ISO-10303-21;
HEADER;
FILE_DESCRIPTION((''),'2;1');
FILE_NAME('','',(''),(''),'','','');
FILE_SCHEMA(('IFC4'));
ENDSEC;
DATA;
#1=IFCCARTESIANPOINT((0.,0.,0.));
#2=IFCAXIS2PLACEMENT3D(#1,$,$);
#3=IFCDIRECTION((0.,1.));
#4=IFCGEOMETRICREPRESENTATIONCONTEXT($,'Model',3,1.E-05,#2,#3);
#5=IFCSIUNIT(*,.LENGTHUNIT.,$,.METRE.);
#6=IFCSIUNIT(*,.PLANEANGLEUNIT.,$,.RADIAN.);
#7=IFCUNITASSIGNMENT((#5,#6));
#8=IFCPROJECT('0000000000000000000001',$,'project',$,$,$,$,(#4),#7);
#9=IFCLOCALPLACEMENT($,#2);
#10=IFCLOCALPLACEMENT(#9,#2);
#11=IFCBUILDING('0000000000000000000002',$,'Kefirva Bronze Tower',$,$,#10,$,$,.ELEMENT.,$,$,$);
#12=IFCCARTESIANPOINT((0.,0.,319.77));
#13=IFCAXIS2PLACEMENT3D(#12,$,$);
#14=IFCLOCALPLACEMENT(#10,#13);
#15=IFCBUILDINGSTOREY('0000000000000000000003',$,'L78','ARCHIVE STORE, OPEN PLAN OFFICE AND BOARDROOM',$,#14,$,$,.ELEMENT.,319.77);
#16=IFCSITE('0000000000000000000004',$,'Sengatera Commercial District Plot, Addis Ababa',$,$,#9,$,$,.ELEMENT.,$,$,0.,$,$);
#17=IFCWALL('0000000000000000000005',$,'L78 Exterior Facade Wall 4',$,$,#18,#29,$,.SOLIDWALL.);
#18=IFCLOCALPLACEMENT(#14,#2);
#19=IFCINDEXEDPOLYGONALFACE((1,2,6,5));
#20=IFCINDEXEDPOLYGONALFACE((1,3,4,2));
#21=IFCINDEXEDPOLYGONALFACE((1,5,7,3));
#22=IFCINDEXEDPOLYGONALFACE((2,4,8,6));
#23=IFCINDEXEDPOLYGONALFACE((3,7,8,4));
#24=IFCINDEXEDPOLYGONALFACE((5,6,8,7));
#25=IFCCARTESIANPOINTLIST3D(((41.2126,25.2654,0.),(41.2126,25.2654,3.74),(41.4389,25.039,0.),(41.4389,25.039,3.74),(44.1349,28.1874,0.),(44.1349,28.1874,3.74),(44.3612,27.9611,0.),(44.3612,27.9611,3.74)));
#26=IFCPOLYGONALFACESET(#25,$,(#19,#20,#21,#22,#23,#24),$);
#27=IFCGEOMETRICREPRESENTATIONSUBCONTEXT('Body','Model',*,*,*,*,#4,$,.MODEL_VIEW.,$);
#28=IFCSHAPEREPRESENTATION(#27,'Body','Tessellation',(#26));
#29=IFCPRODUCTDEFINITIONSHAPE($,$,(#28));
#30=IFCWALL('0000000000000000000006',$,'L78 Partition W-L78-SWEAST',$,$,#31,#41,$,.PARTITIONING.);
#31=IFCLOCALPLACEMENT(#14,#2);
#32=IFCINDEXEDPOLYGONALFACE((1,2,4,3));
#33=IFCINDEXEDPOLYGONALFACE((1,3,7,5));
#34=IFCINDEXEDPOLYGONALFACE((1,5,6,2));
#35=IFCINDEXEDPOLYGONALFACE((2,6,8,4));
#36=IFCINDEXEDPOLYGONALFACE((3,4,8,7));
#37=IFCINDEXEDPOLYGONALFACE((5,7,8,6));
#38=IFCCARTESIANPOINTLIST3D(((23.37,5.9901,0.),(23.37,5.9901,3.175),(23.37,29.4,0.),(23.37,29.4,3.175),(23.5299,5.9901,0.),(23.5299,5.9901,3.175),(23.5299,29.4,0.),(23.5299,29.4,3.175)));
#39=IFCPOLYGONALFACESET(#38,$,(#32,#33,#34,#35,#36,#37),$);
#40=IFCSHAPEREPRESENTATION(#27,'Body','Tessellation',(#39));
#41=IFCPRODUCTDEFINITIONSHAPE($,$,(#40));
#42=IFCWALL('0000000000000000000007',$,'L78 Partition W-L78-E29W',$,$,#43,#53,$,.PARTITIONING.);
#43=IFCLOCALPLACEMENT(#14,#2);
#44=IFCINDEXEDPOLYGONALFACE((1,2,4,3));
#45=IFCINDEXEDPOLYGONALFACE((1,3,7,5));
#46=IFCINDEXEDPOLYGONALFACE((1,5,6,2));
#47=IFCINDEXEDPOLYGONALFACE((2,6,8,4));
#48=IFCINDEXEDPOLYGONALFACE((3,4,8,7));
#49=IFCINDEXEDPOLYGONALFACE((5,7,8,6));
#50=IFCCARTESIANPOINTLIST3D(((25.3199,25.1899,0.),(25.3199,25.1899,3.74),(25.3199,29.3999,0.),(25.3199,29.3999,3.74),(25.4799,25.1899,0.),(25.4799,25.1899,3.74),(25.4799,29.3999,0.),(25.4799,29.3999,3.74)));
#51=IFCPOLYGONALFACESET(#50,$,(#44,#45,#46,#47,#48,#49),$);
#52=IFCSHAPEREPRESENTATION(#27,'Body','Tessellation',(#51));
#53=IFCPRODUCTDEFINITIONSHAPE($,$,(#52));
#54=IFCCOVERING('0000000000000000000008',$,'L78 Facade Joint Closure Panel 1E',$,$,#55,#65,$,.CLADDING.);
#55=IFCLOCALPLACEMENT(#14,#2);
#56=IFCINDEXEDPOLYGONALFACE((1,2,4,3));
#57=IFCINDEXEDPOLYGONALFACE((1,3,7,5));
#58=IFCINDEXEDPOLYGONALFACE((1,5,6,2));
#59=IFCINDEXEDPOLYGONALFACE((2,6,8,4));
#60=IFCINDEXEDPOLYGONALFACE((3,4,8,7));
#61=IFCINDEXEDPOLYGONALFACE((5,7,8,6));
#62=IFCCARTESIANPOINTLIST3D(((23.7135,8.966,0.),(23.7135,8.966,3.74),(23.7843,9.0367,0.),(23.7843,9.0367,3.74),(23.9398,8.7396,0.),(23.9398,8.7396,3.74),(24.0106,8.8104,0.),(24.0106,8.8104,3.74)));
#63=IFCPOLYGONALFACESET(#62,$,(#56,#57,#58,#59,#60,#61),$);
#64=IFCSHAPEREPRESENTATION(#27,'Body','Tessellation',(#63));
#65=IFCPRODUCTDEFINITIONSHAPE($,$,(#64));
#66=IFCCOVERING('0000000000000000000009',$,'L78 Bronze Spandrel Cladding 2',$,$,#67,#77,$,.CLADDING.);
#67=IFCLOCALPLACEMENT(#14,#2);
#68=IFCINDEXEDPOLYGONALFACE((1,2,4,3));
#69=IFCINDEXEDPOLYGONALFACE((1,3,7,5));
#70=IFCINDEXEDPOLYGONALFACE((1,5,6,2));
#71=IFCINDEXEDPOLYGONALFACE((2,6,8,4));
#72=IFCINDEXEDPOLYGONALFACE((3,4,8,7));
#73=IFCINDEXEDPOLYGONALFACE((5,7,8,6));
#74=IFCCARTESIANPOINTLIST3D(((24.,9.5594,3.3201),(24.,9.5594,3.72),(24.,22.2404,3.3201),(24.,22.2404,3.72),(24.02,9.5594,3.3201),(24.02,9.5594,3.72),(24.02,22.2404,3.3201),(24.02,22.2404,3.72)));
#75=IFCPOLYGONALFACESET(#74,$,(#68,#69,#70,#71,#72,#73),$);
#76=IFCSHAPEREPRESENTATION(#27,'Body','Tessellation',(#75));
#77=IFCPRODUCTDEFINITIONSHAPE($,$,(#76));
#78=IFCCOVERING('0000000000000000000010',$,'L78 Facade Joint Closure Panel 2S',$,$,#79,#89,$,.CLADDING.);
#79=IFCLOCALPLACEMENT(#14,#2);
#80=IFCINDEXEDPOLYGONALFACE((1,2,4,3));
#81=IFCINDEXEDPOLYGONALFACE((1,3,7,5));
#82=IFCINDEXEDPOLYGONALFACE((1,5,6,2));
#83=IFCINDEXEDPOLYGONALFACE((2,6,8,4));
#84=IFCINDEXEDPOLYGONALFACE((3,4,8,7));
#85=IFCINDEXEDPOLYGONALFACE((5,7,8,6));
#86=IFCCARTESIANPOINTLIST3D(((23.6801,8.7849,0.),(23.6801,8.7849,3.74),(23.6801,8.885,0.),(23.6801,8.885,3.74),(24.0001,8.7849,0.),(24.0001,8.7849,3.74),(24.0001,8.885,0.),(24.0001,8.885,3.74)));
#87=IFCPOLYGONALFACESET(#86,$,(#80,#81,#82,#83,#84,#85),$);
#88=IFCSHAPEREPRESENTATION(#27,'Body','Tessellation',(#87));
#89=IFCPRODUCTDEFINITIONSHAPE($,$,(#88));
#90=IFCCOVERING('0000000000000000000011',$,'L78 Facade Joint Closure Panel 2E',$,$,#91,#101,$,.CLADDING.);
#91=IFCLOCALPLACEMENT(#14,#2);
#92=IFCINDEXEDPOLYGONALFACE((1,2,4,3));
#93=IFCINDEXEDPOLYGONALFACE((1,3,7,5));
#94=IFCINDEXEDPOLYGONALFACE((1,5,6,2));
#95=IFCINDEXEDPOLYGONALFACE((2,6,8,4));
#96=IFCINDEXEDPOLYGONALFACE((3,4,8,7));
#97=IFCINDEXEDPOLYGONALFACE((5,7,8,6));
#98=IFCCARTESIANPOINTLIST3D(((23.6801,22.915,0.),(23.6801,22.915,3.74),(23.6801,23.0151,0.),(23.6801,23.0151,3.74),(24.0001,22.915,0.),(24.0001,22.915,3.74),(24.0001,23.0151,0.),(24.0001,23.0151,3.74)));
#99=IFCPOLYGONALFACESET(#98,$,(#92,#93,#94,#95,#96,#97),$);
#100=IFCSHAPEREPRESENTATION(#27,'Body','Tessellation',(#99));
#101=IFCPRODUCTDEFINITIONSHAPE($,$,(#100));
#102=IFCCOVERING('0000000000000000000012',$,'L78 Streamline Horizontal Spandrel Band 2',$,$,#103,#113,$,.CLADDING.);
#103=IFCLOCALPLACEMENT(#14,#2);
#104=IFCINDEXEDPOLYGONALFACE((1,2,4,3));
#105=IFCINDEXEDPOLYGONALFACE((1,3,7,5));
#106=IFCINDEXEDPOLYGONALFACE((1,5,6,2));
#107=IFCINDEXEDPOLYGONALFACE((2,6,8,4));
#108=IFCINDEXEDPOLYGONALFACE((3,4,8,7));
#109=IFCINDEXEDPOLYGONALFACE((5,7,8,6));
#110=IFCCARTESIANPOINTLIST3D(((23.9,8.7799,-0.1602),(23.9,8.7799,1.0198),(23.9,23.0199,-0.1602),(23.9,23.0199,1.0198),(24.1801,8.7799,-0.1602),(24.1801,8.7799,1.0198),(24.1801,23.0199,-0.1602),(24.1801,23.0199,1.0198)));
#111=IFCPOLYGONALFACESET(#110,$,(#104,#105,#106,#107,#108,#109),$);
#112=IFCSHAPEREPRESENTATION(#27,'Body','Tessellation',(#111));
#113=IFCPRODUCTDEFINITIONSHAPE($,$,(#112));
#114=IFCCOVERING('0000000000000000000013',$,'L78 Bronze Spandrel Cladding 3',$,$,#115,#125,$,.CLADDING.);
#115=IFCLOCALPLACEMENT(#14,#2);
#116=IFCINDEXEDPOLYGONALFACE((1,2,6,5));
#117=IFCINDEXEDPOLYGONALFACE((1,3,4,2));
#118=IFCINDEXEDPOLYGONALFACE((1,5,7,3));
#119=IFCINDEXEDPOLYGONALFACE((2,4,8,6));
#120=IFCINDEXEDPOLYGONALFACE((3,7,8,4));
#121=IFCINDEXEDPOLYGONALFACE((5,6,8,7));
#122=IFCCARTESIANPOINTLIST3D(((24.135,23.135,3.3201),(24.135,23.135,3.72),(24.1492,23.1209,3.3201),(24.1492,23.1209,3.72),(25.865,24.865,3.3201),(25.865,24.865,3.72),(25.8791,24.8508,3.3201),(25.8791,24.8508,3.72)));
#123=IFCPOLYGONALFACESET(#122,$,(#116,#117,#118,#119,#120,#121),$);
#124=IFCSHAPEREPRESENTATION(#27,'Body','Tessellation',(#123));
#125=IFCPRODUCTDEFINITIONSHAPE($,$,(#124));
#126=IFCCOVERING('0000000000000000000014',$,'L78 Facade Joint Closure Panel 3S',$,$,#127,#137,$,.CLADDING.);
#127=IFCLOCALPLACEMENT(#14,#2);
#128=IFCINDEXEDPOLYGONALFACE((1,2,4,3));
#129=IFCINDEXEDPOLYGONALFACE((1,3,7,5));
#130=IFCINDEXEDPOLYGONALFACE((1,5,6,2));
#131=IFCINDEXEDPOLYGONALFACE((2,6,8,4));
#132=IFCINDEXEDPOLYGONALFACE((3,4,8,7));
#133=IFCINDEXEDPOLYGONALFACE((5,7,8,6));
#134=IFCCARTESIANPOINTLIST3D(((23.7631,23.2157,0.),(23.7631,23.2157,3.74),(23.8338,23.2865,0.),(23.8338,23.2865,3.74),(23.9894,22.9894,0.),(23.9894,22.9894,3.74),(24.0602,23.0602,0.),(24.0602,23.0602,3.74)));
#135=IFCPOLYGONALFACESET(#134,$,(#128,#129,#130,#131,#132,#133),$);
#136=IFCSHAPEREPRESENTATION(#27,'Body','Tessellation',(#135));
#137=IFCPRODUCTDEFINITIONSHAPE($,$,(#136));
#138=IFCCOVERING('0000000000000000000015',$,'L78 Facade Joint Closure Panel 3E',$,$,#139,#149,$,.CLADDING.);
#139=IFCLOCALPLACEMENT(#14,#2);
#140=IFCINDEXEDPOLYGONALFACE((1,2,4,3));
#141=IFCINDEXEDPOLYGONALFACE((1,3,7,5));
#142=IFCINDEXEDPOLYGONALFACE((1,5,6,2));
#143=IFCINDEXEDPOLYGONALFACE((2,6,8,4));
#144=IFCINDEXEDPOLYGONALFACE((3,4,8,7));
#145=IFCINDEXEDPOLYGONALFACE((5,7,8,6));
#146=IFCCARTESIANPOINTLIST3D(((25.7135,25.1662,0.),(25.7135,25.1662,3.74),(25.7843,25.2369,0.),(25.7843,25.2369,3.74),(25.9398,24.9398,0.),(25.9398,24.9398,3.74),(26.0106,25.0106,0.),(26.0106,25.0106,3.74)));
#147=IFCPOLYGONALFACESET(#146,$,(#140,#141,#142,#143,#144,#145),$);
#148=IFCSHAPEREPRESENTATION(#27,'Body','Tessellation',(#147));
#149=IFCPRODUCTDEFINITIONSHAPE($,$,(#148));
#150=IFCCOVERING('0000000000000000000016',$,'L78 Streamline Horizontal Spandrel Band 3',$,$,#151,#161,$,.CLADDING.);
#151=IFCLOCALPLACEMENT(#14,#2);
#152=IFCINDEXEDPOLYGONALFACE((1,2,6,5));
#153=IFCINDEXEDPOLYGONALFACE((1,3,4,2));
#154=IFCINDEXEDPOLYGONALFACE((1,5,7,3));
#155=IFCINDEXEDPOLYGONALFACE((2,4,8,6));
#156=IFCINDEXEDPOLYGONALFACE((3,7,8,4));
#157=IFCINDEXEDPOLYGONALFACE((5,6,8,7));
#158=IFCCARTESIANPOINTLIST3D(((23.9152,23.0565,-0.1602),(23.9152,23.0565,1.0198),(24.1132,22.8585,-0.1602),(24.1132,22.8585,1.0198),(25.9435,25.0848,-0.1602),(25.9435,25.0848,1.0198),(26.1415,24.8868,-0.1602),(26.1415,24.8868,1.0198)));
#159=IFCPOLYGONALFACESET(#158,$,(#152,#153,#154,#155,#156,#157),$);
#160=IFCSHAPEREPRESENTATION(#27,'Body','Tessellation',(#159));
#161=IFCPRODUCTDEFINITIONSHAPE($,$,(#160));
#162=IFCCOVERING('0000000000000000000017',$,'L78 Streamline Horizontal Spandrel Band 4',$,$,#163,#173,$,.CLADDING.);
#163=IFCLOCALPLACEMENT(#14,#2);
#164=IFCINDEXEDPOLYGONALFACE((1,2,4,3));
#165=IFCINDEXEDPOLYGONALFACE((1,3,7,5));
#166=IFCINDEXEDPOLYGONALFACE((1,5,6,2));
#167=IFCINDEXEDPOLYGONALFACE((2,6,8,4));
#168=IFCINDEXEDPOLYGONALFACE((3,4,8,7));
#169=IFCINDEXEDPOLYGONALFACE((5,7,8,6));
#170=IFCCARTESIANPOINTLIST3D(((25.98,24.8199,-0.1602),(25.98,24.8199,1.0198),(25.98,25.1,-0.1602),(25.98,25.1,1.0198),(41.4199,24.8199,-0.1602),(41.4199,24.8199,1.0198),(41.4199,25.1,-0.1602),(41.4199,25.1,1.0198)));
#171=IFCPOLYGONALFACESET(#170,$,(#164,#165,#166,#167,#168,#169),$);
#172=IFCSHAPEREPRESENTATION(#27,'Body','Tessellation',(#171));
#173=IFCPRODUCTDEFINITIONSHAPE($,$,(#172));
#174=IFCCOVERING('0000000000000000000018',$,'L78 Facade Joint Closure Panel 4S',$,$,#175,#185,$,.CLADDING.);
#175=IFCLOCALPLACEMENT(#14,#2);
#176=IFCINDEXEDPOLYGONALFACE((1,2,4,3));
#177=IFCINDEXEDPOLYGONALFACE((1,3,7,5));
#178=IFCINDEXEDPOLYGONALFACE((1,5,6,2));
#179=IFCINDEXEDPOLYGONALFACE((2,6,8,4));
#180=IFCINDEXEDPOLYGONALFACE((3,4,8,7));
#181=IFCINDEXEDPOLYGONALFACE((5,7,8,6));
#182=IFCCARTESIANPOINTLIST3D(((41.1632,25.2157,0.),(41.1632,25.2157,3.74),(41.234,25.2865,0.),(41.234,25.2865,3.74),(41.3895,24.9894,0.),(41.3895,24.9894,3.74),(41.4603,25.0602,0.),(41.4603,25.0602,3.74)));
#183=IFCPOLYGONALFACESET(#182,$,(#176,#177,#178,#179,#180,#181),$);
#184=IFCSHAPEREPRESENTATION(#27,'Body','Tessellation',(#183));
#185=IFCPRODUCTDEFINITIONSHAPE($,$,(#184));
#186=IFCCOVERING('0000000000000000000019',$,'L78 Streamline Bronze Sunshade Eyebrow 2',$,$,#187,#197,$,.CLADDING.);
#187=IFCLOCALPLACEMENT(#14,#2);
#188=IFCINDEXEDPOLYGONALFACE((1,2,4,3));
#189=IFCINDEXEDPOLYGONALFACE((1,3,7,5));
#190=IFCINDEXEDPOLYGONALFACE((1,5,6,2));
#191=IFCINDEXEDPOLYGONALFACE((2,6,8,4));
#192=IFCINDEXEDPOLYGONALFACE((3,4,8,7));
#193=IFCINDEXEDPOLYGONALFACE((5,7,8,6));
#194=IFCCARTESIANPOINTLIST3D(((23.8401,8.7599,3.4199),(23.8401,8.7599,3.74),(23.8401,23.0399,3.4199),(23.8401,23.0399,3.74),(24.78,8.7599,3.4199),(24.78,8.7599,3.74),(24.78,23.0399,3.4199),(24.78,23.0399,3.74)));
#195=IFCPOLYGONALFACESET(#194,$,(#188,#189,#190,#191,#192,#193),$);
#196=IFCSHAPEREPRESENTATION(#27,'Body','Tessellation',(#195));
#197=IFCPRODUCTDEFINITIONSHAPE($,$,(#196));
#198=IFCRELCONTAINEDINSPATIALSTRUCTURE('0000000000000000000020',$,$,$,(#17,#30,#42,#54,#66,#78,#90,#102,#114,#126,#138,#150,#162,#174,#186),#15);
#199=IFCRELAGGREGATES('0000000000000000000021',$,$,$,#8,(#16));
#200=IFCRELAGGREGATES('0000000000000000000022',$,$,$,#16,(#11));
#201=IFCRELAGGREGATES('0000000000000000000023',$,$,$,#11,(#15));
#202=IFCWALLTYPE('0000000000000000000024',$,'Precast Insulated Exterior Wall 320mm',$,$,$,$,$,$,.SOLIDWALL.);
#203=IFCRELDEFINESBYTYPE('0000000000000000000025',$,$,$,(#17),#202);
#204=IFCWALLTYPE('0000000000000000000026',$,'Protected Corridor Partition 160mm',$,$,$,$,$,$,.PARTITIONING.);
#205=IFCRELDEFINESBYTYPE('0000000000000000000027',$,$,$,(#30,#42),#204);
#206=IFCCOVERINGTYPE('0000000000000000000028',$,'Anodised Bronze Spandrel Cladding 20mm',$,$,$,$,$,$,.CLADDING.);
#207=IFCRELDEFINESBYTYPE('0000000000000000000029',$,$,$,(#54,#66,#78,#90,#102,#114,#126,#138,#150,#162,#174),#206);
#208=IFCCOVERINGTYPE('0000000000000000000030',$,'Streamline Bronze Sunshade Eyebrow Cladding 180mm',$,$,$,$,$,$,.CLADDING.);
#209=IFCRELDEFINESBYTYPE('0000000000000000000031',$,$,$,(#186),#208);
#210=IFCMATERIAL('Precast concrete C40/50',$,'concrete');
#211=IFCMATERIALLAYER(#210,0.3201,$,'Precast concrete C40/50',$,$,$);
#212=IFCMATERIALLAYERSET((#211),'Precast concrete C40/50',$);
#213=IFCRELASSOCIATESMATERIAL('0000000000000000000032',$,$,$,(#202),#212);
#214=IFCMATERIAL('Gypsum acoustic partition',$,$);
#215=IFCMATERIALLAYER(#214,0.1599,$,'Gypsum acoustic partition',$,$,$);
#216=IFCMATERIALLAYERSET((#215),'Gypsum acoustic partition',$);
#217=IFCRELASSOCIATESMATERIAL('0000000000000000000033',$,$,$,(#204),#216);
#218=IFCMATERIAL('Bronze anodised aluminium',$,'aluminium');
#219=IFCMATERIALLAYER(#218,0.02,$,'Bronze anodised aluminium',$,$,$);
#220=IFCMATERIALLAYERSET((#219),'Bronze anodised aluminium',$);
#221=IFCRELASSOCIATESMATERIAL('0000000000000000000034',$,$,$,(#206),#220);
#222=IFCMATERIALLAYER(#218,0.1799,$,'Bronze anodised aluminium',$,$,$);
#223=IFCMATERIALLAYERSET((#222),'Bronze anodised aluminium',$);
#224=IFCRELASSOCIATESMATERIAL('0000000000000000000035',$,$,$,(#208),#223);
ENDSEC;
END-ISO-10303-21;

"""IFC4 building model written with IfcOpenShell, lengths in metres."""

from ifc_helpers import new_model, si_unit, direction, frame, frame_2d, origin, origin_2d, place, context, subcontext, project, spatial, rectangle, extrude, material, layer, layer_set, type_object, element, save


model = new_model("IFC4")

# Units and contexts
model_context = context("Model", 3, precision=1e-05, world=origin(), true_north=direction((0.0, 1.0)))
body_context = subcontext(model_context, "Body", "Model", "MODEL_VIEW")
ifc_project = project(units=[si_unit("LENGTHUNIT", "METRE"), si_unit("PLANEANGLEUNIT", "RADIAN")], contexts=[model_context])

# Site, building, storey
site_placement = place(None, origin())
site = spatial("IfcSite", under=ifc_project, at=site_placement, Name="Sengatera Commercial District Plot, Addis Ababa", CompositionType="ELEMENT", RefElevation=0.0)
building_placement = place(site_placement, origin())
building = spatial("IfcBuilding", under=site, at=building_placement, Name="Kefirva Bronze Tower", CompositionType="ELEMENT")
storey_placement = place(building_placement, frame((0.0, 0.0, 319.77)))
storey = spatial("IfcBuildingStorey", under=building, at=storey_placement, Name="L78", Description="ARCHIVE STORE, OPEN PLAN OFFICE AND BOARDROOM", CompositionType="ELEMENT", Elevation=319.77)

# Shared definitions
ifc_material_1 = material(Name="Bronze anodised aluminium", Category="aluminium")

# Walls
ifc_material_2 = material(Name="Precast concrete C40/50", Category="concrete")
ifc_layer_1 = layer(ifc_material_2, 0.3201, Name="Precast concrete C40/50")
ifc_layer_set_1 = layer_set([ifc_layer_1], Name="Precast concrete C40/50")
wall_type_1 = type_object("IfcWallType", Name="Precast Insulated Exterior Wall 320mm", PredefinedType="SOLIDWALL", material=ifc_layer_set_1)
wall_1_placement = place(storey_placement, frame((41.3257, 25.1521, 0.0), z_axis=(0.0, 0.0, 1.0), x_axis=(0.707136, 0.707077, 0.0)))
element("IfcWall", 1, at=wall_1_placement, inside=storey, type_object=wall_type_1, Name="L78 Exterior Facade Wall 4", PredefinedType="SOLIDWALL", context=body_context, shape_type="SweptSolid", body=[
    extrude(rectangle(XDim=4.1326, YDim=0.3201, at=frame_2d((2.0664, 0.0))), origin(), (0.0, 0.0, 1.0), 3.74),
])
ifc_material_3 = material(Name="Gypsum acoustic partition")
ifc_layer_2 = layer(ifc_material_3, 0.1599, Name="Gypsum acoustic partition")
ifc_layer_set_2 = layer_set([ifc_layer_2], Name="Gypsum acoustic partition")
wall_type_2 = type_object("IfcWallType", Name="Protected Corridor Partition 160mm", PredefinedType="PARTITIONING", material=ifc_layer_set_2)
wall_2_placement = place(storey_placement, frame((23.45, 5.99, 0.0), z_axis=(0.0, 0.0, 1.0), x_axis=(0.0, 1.0, 0.0)))
element("IfcWall", 2, at=wall_2_placement, inside=storey, type_object=wall_type_2, Name="L78 Partition W-L78-SWEAST", PredefinedType="PARTITIONING", context=body_context, shape_type="SweptSolid", body=[
    extrude(rectangle(XDim=23.4099, YDim=0.1599, at=frame_2d((11.7051, 0.0))), origin(), (0.0, 0.0, 1.0), 3.175),
])
wall_3_placement = place(storey_placement, frame((25.3999, 25.1899, 0.0), z_axis=(0.0, 0.0, 1.0), x_axis=(0.0, 1.0, 0.0)))
element("IfcWall", 3, at=wall_3_placement, inside=storey, type_object=wall_type_2, Name="L78 Partition W-L78-E29W", PredefinedType="PARTITIONING", context=body_context, shape_type="SweptSolid", body=[
    extrude(rectangle(XDim=4.21, YDim=0.1599, at=frame_2d((2.105, 0.0))), origin(), (0.0, 0.0, 1.0), 3.74),
])

# Coverings
ifc_layer_3 = layer(ifc_material_1, 0.02, Name="Bronze anodised aluminium")
ifc_layer_set_3 = layer_set([ifc_layer_3], Name="Bronze anodised aluminium")
covering_type_1 = type_object("IfcCoveringType", Name="Anodised Bronze Spandrel Cladding 20mm", PredefinedType="CLADDING", material=ifc_layer_set_3)
covering_1_placement = place(storey_placement, frame((23.8621, 8.8882, 0.0), z_axis=(0.0, 0.0, 1.0), x_axis=(0.707107, 0.707107, 0.0)))
element("IfcCovering", 4, at=covering_1_placement, inside=storey, type_object=covering_type_1, Name="L78 Facade Joint Closure Panel 1E", PredefinedType="CLADDING", context=body_context, shape_type="SweptSolid", body=[
    extrude(rectangle(XDim=0.1001, YDim=0.3201, at=origin_2d()), origin(), (0.0, 0.0, 1.0), 3.74),
])
covering_2_placement = place(storey_placement, frame((24.01, 15.8999, 3.3201), z_axis=(0.0, 0.0, 1.0), x_axis=(0.0, 1.0, 0.0)))
element("IfcCovering", 5, at=covering_2_placement, inside=storey, type_object=covering_type_1, Name="L78 Bronze Spandrel Cladding 2", PredefinedType="CLADDING", context=body_context, shape_type="SweptSolid", body=[
    extrude(rectangle(XDim=12.6809, YDim=0.02, at=origin_2d()), origin(), (0.0, 0.0, 1.0), 0.3999),
])
for number, where, z_axis, x_axis, name in (
    (6, (23.8401, 8.835, 0.0), (0.0, 0.0, 1.0), (0.0, 1.0, 0.0), "L78 Facade Joint Closure Panel 2S"),
    (7, (23.8401, 22.9651, 0.0), (0.0, 0.0, 1.0), (0.0, 1.0, 0.0), "L78 Facade Joint Closure Panel 2E"),
):
    element("IfcCovering", number, at=place(storey_placement, frame(where, z_axis=z_axis, x_axis=x_axis)), inside=storey, type_object=covering_type_1, Name=name, PredefinedType="CLADDING", context=body_context, shape_type="SweptSolid", body=[
        extrude(rectangle(XDim=0.1001, YDim=0.3201, at=origin_2d()), origin(), (0.0, 0.0, 1.0), 3.74),
    ])
covering_3_placement = place(storey_placement, frame((24.04, 15.8999, -0.1602), z_axis=(0.0, 0.0, 1.0), x_axis=(0.0, 1.0, 0.0)))
element("IfcCovering", 8, at=covering_3_placement, inside=storey, type_object=covering_type_1, Name="L78 Streamline Horizontal Spandrel Band 2", PredefinedType="CLADDING", context=body_context, shape_type="SweptSolid", body=[
    extrude(rectangle(XDim=14.24, YDim=0.28, at=origin_2d()), origin(), (0.0, 0.0, 1.0), 1.1799),
])
covering_4_placement = place(storey_placement, frame((25.0071, 23.9929, 3.3201), z_axis=(0.0, 0.0, 1.0), x_axis=(0.707107, 0.707107, 0.0)))
element("IfcCovering", 9, at=covering_4_placement, inside=storey, type_object=covering_type_1, Name="L78 Bronze Spandrel Cladding 3", PredefinedType="CLADDING", context=body_context, shape_type="SweptSolid", body=[
    extrude(rectangle(XDim=2.4465, YDim=0.02, at=origin_2d()), origin(), (0.0, 0.0, 1.0), 0.3999),
])
for number, where, z_axis, x_axis, name in (
    (10, (23.9116, 23.1379, 0.0), (0.0, 0.0, 1.0), (0.707107, 0.707107, 0.0), "L78 Facade Joint Closure Panel 3S"),
    (11, (25.8621, 25.0884, 0.0), (0.0, 0.0, 1.0), (0.707107, 0.707107, 0.0), "L78 Facade Joint Closure Panel 3E"),
):
    element("IfcCovering", number, at=place(storey_placement, frame(where, z_axis=z_axis, x_axis=x_axis)), inside=storey, type_object=covering_type_1, Name=name, PredefinedType="CLADDING", context=body_context, shape_type="SweptSolid", body=[
        extrude(rectangle(XDim=0.1001, YDim=0.3201, at=origin_2d()), origin(), (0.0, 0.0, 1.0), 3.74),
    ])
covering_5_placement = place(storey_placement, frame((25.0283, 23.9717, -0.1602), z_axis=(0.0, 0.0, 1.0), x_axis=(0.707107, 0.707107, 0.0)))
element("IfcCovering", 12, at=covering_5_placement, inside=storey, type_object=covering_type_1, Name="L78 Streamline Horizontal Spandrel Band 3", PredefinedType="CLADDING", context=body_context, shape_type="SweptSolid", body=[
    extrude(rectangle(XDim=2.8684, YDim=0.28, at=origin_2d()), origin(), (0.0, 0.0, 1.0), 1.1799),
])
covering_6_placement = place(storey_placement, frame((33.7, 24.96, -0.1602), z_axis=(0.0, 0.0, 1.0), x_axis=(1.0, 0.0, 0.0)))
element("IfcCovering", 13, at=covering_6_placement, inside=storey, type_object=covering_type_1, Name="L78 Streamline Horizontal Spandrel Band 4", PredefinedType="CLADDING", context=body_context, shape_type="SweptSolid", body=[
    extrude(rectangle(XDim=15.4399, YDim=0.28, at=origin_2d()), origin(), (0.0, 0.0, 1.0), 1.1799),
])
covering_7_placement = place(storey_placement, frame((41.3118, 25.1379, 0.0), z_axis=(0.0, 0.0, 1.0), x_axis=(0.707107, 0.707107, 0.0)))
element("IfcCovering", 14, at=covering_7_placement, inside=storey, type_object=covering_type_1, Name="L78 Facade Joint Closure Panel 4S", PredefinedType="CLADDING", context=body_context, shape_type="SweptSolid", body=[
    extrude(rectangle(XDim=0.1001, YDim=0.3201, at=origin_2d()), origin(), (0.0, 0.0, 1.0), 3.74),
])
ifc_layer_4 = layer(ifc_material_1, 0.1799, Name="Bronze anodised aluminium")
ifc_layer_set_4 = layer_set([ifc_layer_4], Name="Bronze anodised aluminium")
covering_type_2 = type_object("IfcCoveringType", Name="Streamline Bronze Sunshade Eyebrow Cladding 180mm", PredefinedType="CLADDING", material=ifc_layer_set_4)
covering_8_placement = place(storey_placement, frame((24.3101, 15.8999, 3.4199), z_axis=(0.0, 0.0, 1.0), x_axis=(0.0, 1.0, 0.0)))
element("IfcCovering", 15, at=covering_8_placement, inside=storey, type_object=covering_type_2, Name="L78 Streamline Bronze Sunshade Eyebrow 2", PredefinedType="CLADDING", context=body_context, shape_type="SweptSolid", body=[
    extrude(rectangle(XDim=14.28, YDim=0.9399, at=origin_2d()), origin(), (0.0, 0.0, 1.0), 0.3201),
])

save(model, "model.ifc")
